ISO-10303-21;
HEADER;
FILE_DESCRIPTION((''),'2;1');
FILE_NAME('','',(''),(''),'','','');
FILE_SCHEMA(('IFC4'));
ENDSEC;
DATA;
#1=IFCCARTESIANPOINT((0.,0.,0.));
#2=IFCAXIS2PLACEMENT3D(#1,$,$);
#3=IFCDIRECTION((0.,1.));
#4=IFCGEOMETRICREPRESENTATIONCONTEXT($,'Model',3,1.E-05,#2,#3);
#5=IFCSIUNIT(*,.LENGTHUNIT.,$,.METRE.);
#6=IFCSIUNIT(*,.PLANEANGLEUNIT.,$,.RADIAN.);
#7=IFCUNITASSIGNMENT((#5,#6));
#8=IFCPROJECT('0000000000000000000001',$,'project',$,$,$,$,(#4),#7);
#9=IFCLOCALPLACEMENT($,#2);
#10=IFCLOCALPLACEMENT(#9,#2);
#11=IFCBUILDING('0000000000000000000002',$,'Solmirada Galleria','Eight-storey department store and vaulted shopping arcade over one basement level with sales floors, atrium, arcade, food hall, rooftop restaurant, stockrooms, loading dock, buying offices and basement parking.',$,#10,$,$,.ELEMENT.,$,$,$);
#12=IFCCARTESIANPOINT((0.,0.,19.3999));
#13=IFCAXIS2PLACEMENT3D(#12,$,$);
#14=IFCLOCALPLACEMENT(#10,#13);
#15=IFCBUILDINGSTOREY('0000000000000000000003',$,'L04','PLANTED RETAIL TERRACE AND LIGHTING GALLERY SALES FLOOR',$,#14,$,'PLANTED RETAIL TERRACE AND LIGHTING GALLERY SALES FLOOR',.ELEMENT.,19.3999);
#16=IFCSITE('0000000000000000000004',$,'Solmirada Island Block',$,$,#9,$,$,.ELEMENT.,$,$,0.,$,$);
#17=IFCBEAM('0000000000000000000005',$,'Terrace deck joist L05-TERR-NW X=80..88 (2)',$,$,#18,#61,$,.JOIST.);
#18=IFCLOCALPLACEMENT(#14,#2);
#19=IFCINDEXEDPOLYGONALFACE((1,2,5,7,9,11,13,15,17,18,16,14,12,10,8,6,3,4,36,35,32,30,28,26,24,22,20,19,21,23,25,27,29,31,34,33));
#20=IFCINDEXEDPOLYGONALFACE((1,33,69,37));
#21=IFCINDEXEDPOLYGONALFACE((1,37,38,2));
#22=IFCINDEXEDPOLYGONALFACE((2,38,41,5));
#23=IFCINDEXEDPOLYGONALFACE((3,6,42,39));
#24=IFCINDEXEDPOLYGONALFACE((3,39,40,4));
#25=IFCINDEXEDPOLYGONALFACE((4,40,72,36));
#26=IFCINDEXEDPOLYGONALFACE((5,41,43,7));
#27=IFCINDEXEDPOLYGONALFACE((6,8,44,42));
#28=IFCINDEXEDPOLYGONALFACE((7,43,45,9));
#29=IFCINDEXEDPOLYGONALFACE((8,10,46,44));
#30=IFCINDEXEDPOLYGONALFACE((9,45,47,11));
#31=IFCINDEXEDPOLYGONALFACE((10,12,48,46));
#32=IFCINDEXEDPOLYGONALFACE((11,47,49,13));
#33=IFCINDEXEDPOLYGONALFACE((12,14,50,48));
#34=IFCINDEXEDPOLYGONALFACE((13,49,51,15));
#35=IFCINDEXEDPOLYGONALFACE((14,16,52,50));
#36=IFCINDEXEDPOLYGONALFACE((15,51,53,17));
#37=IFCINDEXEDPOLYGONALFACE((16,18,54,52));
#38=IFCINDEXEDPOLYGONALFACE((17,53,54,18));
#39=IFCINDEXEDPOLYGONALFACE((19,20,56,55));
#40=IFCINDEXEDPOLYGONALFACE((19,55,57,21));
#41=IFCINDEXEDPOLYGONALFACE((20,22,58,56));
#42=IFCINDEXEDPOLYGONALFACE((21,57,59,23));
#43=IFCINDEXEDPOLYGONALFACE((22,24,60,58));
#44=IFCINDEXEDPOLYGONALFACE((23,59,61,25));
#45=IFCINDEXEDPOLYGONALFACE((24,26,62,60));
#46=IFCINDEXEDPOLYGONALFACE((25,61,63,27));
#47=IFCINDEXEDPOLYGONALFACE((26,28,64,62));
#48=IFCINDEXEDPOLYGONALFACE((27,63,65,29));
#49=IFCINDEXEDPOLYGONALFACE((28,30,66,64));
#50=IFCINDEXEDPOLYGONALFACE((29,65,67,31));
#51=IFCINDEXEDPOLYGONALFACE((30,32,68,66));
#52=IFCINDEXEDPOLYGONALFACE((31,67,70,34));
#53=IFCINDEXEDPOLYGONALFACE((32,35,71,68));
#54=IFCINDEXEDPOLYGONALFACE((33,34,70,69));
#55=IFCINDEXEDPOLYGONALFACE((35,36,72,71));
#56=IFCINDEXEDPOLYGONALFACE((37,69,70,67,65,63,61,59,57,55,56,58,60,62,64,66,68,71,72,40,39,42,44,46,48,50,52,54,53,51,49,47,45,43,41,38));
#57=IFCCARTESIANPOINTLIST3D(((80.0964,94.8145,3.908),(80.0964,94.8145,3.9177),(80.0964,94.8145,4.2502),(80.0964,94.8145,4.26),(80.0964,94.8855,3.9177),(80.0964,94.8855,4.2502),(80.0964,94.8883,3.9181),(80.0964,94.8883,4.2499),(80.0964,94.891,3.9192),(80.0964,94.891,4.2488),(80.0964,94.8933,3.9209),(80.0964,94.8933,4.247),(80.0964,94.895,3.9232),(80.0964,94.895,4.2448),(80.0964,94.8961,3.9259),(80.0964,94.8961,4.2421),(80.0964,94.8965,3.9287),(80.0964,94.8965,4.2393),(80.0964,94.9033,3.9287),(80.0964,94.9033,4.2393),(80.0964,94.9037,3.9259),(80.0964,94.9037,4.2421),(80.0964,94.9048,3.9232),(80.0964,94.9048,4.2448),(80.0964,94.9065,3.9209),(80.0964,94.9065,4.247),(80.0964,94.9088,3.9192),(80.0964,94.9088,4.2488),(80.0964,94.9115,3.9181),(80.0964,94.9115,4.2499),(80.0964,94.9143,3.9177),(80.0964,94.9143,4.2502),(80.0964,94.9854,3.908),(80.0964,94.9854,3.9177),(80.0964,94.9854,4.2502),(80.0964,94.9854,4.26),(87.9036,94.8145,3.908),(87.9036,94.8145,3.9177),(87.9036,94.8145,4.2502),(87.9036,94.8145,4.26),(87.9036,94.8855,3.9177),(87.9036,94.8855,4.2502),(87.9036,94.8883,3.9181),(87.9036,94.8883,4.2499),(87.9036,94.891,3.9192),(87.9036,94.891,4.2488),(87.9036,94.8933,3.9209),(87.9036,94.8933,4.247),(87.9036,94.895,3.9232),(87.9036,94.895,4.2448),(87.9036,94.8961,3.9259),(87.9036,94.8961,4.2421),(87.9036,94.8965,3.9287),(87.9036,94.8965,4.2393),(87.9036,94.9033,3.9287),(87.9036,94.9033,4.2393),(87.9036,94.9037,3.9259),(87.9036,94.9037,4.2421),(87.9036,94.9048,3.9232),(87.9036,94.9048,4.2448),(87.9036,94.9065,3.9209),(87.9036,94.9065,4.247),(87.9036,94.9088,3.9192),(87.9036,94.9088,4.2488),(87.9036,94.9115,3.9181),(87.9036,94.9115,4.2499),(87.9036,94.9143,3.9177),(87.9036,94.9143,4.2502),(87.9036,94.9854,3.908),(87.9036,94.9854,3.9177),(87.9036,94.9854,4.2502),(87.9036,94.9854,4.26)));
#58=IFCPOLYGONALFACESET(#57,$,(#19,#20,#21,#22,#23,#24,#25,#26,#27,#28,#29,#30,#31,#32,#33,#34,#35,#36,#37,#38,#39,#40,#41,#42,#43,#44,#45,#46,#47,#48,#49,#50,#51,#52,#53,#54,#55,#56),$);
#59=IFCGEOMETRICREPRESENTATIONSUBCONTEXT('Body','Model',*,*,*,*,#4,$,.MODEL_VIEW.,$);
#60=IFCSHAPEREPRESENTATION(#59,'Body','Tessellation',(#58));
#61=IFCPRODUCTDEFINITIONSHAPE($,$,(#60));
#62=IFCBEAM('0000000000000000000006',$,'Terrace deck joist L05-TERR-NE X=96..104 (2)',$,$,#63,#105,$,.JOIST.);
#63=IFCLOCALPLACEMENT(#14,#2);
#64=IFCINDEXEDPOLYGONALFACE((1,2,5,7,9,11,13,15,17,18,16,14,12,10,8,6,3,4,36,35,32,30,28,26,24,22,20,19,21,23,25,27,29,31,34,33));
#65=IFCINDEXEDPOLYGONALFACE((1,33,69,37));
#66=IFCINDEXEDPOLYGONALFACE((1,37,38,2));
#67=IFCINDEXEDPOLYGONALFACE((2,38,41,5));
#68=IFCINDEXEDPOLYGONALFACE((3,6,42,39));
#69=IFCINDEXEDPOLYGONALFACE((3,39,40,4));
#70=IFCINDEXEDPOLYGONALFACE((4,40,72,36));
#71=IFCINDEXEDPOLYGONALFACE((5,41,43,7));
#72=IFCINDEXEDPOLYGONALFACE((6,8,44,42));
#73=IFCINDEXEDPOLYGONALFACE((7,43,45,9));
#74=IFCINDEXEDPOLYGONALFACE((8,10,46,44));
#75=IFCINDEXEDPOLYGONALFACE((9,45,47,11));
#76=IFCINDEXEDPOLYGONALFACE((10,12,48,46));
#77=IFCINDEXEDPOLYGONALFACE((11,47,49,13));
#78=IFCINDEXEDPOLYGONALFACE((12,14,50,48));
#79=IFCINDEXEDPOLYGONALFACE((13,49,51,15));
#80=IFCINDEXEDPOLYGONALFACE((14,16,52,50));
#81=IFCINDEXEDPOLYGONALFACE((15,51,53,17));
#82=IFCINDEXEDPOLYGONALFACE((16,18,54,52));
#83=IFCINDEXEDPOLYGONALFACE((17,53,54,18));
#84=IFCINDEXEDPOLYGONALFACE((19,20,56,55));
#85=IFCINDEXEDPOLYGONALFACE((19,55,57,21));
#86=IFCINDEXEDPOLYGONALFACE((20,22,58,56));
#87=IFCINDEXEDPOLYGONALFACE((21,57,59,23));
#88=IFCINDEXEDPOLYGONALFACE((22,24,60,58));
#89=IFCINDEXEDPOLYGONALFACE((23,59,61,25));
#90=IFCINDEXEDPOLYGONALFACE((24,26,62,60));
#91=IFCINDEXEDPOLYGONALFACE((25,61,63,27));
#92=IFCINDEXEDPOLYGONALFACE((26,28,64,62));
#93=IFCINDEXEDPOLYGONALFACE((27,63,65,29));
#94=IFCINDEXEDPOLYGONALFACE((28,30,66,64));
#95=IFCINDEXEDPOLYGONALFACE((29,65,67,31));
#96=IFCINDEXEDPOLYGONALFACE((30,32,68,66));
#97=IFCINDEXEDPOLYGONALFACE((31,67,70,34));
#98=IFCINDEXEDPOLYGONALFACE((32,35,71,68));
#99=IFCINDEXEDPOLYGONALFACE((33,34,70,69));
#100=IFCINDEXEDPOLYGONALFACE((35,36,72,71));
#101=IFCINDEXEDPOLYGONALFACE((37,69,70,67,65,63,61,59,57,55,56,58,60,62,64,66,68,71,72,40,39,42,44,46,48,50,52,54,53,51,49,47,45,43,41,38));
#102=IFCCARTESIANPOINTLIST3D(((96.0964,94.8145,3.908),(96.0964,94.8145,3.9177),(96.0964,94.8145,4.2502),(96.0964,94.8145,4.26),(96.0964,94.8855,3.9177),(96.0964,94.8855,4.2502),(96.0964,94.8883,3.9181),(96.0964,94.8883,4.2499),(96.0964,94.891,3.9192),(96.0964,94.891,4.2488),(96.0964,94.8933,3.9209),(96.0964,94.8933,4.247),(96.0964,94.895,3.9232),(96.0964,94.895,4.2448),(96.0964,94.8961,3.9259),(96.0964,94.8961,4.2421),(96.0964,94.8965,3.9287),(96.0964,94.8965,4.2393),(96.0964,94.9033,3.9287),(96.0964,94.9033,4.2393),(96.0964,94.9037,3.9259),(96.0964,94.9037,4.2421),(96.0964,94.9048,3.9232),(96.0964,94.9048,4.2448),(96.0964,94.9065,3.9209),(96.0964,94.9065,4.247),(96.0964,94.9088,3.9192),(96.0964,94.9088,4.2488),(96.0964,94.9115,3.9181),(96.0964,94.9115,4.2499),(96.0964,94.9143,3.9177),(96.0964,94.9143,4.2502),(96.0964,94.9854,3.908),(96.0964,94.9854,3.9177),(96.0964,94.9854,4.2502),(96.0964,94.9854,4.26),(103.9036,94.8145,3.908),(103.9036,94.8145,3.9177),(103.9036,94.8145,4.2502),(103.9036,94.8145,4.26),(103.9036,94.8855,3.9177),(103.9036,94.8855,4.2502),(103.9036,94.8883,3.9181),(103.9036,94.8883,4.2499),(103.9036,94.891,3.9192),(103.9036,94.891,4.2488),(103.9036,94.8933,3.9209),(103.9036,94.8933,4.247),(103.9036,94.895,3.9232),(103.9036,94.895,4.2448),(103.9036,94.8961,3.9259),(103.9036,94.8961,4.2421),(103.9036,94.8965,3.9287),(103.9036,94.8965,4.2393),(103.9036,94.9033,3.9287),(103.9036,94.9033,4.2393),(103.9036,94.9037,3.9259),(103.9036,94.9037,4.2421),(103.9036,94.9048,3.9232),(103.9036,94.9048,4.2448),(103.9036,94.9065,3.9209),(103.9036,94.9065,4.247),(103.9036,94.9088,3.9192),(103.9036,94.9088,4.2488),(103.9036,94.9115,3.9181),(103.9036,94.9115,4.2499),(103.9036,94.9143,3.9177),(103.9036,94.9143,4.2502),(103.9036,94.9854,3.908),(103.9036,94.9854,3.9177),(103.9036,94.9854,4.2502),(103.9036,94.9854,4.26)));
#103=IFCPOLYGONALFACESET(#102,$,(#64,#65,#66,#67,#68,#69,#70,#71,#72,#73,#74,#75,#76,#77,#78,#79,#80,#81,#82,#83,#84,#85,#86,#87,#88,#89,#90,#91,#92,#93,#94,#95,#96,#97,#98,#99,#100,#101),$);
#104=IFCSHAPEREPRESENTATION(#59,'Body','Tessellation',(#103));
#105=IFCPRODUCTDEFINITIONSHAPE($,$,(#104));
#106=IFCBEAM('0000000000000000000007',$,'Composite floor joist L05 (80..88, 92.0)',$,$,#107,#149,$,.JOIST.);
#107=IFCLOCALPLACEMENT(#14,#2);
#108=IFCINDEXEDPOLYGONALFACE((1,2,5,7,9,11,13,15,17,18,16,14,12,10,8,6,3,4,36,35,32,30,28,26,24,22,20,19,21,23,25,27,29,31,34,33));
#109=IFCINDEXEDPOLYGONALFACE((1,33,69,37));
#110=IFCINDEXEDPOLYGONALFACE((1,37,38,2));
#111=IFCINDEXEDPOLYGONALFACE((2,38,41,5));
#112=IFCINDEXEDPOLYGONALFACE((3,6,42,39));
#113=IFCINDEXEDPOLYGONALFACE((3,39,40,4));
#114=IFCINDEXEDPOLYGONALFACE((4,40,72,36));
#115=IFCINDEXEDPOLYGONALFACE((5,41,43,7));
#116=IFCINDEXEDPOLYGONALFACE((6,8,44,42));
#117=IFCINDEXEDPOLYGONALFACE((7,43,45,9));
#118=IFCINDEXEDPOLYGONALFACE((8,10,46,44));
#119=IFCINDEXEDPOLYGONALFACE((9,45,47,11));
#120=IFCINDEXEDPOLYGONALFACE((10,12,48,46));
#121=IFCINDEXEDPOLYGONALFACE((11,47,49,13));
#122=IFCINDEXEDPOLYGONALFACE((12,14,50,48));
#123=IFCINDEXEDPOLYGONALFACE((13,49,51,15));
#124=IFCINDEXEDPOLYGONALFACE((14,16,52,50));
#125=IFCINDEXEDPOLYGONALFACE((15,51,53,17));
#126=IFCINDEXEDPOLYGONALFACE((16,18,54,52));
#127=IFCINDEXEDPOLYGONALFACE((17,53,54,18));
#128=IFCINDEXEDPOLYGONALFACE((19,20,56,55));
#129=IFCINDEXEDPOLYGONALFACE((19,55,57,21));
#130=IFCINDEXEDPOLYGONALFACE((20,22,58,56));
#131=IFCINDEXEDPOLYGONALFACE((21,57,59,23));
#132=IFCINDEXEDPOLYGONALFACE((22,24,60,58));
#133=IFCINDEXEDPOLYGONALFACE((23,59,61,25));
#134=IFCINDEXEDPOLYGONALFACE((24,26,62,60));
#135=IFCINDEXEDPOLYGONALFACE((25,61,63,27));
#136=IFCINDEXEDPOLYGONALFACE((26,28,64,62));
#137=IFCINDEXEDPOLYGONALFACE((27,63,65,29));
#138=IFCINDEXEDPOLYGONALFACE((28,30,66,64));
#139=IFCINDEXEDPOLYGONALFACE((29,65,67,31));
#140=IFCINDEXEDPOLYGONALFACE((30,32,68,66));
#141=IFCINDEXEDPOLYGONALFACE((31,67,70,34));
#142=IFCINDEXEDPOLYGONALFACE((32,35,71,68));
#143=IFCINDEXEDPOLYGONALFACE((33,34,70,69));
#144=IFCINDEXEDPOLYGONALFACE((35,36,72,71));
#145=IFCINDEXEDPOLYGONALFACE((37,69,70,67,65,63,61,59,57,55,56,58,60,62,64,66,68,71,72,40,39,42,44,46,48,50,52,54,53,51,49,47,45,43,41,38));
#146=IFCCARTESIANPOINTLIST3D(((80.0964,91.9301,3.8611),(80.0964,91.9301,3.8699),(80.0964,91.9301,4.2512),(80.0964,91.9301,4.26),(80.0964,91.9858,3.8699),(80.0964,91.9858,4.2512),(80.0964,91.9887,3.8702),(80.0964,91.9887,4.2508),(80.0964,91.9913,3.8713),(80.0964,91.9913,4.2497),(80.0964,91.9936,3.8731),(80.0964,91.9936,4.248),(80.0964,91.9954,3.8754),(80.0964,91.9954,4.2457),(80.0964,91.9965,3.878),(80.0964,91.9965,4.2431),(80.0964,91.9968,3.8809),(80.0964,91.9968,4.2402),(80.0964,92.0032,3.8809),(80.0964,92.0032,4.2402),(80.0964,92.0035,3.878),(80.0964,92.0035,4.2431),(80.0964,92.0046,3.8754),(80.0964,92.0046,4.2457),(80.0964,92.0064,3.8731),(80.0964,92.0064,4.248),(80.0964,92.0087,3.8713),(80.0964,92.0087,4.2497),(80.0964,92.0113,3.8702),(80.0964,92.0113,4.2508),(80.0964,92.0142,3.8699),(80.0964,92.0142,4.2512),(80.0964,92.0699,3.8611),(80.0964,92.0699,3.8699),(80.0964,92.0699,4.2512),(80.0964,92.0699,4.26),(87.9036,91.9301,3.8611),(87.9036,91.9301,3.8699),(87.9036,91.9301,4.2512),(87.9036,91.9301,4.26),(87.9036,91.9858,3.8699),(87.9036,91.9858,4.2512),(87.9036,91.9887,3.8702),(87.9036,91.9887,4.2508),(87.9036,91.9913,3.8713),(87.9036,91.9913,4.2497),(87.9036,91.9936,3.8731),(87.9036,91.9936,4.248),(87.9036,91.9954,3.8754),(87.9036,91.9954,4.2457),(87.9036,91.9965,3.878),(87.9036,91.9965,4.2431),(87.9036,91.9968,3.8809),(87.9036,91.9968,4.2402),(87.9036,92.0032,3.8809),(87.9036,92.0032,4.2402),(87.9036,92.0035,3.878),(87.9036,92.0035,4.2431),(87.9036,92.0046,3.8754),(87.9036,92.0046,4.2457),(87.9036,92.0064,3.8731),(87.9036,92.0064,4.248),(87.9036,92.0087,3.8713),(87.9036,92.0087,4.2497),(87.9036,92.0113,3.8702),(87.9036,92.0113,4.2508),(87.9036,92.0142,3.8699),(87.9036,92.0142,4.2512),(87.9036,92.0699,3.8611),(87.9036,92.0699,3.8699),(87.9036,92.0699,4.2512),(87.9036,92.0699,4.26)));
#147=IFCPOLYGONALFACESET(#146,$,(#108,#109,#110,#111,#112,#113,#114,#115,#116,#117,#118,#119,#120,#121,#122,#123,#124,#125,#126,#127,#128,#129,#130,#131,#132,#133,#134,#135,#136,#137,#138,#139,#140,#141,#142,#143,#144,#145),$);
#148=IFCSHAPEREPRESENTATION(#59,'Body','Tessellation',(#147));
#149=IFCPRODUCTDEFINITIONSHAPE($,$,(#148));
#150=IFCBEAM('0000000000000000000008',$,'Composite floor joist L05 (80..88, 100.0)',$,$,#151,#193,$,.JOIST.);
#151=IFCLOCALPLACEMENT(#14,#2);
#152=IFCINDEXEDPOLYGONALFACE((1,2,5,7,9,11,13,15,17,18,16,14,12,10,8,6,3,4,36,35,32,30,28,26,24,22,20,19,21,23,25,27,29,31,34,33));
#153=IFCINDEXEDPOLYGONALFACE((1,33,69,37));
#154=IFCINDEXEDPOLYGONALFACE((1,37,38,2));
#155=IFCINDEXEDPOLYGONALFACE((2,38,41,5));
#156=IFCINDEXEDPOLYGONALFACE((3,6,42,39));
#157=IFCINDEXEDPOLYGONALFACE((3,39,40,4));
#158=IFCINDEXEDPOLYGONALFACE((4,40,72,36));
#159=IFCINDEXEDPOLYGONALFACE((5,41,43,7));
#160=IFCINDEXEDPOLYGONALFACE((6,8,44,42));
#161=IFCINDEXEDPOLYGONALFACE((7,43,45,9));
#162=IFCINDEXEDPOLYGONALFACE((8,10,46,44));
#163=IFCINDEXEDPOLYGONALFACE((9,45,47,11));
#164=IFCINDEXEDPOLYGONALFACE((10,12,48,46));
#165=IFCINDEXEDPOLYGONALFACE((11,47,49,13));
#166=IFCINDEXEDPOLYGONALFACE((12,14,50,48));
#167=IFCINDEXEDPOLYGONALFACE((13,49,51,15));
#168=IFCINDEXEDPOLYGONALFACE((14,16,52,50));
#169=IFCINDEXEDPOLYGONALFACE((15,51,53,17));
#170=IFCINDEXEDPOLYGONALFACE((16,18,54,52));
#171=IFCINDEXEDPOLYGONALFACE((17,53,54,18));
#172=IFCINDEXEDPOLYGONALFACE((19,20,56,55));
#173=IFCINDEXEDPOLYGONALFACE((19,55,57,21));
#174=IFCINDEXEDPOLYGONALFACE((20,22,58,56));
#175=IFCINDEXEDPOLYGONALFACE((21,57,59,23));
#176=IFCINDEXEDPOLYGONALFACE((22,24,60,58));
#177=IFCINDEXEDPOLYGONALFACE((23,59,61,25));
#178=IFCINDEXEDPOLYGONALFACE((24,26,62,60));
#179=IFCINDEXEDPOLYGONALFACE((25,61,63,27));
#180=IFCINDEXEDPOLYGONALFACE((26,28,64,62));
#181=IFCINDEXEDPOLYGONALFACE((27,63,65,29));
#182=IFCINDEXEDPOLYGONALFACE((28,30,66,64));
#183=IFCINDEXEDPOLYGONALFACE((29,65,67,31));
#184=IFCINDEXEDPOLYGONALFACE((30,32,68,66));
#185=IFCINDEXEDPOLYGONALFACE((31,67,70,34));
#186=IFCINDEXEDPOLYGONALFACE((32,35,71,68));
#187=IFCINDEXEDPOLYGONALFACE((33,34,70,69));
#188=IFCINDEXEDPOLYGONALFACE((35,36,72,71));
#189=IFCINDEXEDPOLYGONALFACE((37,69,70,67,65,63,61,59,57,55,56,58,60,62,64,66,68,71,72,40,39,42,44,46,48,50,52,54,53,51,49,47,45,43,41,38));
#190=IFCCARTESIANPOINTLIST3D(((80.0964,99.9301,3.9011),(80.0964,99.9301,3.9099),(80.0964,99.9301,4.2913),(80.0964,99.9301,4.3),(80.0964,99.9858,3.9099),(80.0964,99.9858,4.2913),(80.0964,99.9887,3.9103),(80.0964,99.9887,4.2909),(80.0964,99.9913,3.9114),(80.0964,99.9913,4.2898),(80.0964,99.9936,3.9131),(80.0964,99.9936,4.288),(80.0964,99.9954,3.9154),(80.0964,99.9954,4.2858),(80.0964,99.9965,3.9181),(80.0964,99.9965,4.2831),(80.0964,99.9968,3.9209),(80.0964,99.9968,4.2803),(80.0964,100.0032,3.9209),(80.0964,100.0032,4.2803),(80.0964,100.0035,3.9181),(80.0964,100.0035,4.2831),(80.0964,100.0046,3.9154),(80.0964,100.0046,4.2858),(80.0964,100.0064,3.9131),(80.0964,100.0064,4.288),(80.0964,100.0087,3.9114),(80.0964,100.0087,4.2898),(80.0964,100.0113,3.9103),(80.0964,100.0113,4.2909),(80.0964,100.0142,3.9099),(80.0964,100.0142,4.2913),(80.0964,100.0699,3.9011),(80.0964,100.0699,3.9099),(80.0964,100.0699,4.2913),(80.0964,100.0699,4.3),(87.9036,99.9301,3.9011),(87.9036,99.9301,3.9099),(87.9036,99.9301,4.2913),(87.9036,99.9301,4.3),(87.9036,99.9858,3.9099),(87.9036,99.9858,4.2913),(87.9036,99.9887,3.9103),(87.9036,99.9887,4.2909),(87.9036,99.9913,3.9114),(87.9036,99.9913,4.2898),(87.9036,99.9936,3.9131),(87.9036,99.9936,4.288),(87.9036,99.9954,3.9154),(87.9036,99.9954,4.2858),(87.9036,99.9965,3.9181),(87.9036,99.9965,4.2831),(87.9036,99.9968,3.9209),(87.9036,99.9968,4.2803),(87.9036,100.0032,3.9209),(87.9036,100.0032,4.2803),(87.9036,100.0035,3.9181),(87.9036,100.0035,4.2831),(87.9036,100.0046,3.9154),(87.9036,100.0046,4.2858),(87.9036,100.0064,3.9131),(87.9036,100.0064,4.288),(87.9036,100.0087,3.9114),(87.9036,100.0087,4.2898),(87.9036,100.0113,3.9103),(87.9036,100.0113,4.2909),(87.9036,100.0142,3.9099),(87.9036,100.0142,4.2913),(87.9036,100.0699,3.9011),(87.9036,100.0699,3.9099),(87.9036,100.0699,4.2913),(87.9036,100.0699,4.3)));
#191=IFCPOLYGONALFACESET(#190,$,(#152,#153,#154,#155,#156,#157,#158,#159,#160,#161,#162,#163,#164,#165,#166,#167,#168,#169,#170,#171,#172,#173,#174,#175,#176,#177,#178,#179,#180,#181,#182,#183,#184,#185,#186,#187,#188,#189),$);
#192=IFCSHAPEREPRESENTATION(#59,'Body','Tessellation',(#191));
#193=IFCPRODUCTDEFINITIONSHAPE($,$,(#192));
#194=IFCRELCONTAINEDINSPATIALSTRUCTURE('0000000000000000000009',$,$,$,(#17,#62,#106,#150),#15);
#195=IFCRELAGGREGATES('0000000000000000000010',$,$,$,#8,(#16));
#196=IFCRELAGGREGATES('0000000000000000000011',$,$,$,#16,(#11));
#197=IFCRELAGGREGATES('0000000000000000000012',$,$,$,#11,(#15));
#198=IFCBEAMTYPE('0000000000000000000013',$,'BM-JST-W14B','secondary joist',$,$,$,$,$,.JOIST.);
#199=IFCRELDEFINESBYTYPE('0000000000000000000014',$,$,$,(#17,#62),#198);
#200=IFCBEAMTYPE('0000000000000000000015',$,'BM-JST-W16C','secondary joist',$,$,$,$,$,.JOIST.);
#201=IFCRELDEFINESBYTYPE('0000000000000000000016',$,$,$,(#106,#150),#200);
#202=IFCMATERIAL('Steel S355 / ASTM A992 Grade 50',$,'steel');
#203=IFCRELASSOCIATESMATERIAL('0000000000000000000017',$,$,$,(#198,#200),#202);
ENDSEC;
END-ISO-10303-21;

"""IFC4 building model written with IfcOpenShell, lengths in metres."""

from ifc_helpers import new_model, si_unit, direction, frame, origin, origin_2d, place, context, subcontext, project, spatial, i_section, extrude, material, material_profile, profile_set, type_object, element, save


model = new_model("IFC4")

# Units and contexts
model_context = context("Model", 3, precision=1e-05, world=origin(), true_north=direction((0.0, 1.0)))
body_context = subcontext(model_context, "Body", "Model", "MODEL_VIEW")
ifc_project = project(units=[si_unit("LENGTHUNIT", "METRE"), si_unit("PLANEANGLEUNIT", "RADIAN")], contexts=[model_context])

# Site, building, storey
site_placement = place(None, origin())
site = spatial("IfcSite", under=ifc_project, at=site_placement, Name="Solmirada Island Block", CompositionType="ELEMENT", RefElevation=0.0)
building_placement = place(site_placement, origin())
building = spatial("IfcBuilding", under=site, at=building_placement, Name="Solmirada Galleria", Description="Eight-storey department store and vaulted shopping arcade over one basement level with sales floors, atrium, arcade, food hall, rooftop restaurant, stockrooms, loading dock, buying offices and basement parking.", CompositionType="ELEMENT")
storey_placement = place(building_placement, frame((0.0, 0.0, 19.3999)))
storey = spatial("IfcBuildingStorey", under=building, at=storey_placement, Name="L04", Description="PLANTED RETAIL TERRACE AND LIGHTING GALLERY SALES FLOOR", LongName="PLANTED RETAIL TERRACE AND LIGHTING GALLERY SALES FLOOR", CompositionType="ELEMENT", Elevation=19.3999)

# Beams
ifc_material_1 = material(Name="Steel S355 / ASTM A992 Grade 50", Category="steel")
ifc_material_profile_1 = material_profile(ifc_material_1, i_section(OverallWidth=0.1709, OverallDepth=0.3521, WebThickness=0.0068, FlangeThickness=0.0098, FilletRadius=0.011, at=origin_2d()), Name="W14X30")
ifc_profile_set_1 = profile_set([ifc_material_profile_1], Name="Steel S355 / ASTM A992 Grade 50")
beam_type_1 = type_object("IfcBeamType", Name="BM-JST-W14B", Description="secondary joist", PredefinedType="JOIST", material=ifc_profile_set_1)
for number, where, z_axis, x_axis, name in (
    (1, (80.0964, 94.8999, 4.084), (1.0, 0.0, 0.0), (0.0, 1.0, 0.0), "Terrace deck joist L05-TERR-NW X=80..88 (2)"),
    (2, (96.0964, 94.8999, 4.084), (1.0, 0.0, 0.0), (0.0, 1.0, 0.0), "Terrace deck joist L05-TERR-NE X=96..104 (2)"),
):
    element("IfcBeam", number, at=place(storey_placement, frame(where, z_axis=z_axis, x_axis=x_axis)), inside=storey, type_object=beam_type_1, Name=name, PredefinedType="JOIST", context=body_context, shape_type="SweptSolid", body=[
        extrude(i_section(OverallWidth=0.1709, OverallDepth=0.3521, WebThickness=0.0068, FlangeThickness=0.0098, FilletRadius=0.011, at=origin_2d()), origin(), (0.0, 0.0, 1.0), 7.8071),
    ])
ifc_material_profile_2 = material_profile(ifc_material_1, i_section(OverallWidth=0.1399, OverallDepth=0.3989, WebThickness=0.0063, FlangeThickness=0.0088, FilletRadius=0.011, at=origin_2d()), Name="W16X26")
ifc_profile_set_2 = profile_set([ifc_material_profile_2], Name="Steel S355 / ASTM A992 Grade 50")
beam_type_2 = type_object("IfcBeamType", Name="BM-JST-W16C", Description="secondary joist", PredefinedType="JOIST", material=ifc_profile_set_2)
for number, where, z_axis, x_axis, name in (
    (3, (80.0964, 92.0, 4.0605), (1.0, 0.0, 0.0), (0.0, 1.0, 0.0), "Composite floor joist L05 (80..88, 92.0)"),
    (4, (80.0964, 100.0, 4.1006), (1.0, 0.0, 0.0), (0.0, 1.0, 0.0), "Composite floor joist L05 (80..88, 100.0)"),
):
    element("IfcBeam", number, at=place(storey_placement, frame(where, z_axis=z_axis, x_axis=x_axis)), inside=storey, type_object=beam_type_2, Name=name, PredefinedType="JOIST", context=body_context, shape_type="SweptSolid", body=[
        extrude(i_section(OverallWidth=0.1399, OverallDepth=0.3989, WebThickness=0.0063, FlangeThickness=0.0088, FilletRadius=0.011, at=origin_2d()), origin(), (0.0, 0.0, 1.0), 7.8071),
    ])

save(model, "model.ifc")
